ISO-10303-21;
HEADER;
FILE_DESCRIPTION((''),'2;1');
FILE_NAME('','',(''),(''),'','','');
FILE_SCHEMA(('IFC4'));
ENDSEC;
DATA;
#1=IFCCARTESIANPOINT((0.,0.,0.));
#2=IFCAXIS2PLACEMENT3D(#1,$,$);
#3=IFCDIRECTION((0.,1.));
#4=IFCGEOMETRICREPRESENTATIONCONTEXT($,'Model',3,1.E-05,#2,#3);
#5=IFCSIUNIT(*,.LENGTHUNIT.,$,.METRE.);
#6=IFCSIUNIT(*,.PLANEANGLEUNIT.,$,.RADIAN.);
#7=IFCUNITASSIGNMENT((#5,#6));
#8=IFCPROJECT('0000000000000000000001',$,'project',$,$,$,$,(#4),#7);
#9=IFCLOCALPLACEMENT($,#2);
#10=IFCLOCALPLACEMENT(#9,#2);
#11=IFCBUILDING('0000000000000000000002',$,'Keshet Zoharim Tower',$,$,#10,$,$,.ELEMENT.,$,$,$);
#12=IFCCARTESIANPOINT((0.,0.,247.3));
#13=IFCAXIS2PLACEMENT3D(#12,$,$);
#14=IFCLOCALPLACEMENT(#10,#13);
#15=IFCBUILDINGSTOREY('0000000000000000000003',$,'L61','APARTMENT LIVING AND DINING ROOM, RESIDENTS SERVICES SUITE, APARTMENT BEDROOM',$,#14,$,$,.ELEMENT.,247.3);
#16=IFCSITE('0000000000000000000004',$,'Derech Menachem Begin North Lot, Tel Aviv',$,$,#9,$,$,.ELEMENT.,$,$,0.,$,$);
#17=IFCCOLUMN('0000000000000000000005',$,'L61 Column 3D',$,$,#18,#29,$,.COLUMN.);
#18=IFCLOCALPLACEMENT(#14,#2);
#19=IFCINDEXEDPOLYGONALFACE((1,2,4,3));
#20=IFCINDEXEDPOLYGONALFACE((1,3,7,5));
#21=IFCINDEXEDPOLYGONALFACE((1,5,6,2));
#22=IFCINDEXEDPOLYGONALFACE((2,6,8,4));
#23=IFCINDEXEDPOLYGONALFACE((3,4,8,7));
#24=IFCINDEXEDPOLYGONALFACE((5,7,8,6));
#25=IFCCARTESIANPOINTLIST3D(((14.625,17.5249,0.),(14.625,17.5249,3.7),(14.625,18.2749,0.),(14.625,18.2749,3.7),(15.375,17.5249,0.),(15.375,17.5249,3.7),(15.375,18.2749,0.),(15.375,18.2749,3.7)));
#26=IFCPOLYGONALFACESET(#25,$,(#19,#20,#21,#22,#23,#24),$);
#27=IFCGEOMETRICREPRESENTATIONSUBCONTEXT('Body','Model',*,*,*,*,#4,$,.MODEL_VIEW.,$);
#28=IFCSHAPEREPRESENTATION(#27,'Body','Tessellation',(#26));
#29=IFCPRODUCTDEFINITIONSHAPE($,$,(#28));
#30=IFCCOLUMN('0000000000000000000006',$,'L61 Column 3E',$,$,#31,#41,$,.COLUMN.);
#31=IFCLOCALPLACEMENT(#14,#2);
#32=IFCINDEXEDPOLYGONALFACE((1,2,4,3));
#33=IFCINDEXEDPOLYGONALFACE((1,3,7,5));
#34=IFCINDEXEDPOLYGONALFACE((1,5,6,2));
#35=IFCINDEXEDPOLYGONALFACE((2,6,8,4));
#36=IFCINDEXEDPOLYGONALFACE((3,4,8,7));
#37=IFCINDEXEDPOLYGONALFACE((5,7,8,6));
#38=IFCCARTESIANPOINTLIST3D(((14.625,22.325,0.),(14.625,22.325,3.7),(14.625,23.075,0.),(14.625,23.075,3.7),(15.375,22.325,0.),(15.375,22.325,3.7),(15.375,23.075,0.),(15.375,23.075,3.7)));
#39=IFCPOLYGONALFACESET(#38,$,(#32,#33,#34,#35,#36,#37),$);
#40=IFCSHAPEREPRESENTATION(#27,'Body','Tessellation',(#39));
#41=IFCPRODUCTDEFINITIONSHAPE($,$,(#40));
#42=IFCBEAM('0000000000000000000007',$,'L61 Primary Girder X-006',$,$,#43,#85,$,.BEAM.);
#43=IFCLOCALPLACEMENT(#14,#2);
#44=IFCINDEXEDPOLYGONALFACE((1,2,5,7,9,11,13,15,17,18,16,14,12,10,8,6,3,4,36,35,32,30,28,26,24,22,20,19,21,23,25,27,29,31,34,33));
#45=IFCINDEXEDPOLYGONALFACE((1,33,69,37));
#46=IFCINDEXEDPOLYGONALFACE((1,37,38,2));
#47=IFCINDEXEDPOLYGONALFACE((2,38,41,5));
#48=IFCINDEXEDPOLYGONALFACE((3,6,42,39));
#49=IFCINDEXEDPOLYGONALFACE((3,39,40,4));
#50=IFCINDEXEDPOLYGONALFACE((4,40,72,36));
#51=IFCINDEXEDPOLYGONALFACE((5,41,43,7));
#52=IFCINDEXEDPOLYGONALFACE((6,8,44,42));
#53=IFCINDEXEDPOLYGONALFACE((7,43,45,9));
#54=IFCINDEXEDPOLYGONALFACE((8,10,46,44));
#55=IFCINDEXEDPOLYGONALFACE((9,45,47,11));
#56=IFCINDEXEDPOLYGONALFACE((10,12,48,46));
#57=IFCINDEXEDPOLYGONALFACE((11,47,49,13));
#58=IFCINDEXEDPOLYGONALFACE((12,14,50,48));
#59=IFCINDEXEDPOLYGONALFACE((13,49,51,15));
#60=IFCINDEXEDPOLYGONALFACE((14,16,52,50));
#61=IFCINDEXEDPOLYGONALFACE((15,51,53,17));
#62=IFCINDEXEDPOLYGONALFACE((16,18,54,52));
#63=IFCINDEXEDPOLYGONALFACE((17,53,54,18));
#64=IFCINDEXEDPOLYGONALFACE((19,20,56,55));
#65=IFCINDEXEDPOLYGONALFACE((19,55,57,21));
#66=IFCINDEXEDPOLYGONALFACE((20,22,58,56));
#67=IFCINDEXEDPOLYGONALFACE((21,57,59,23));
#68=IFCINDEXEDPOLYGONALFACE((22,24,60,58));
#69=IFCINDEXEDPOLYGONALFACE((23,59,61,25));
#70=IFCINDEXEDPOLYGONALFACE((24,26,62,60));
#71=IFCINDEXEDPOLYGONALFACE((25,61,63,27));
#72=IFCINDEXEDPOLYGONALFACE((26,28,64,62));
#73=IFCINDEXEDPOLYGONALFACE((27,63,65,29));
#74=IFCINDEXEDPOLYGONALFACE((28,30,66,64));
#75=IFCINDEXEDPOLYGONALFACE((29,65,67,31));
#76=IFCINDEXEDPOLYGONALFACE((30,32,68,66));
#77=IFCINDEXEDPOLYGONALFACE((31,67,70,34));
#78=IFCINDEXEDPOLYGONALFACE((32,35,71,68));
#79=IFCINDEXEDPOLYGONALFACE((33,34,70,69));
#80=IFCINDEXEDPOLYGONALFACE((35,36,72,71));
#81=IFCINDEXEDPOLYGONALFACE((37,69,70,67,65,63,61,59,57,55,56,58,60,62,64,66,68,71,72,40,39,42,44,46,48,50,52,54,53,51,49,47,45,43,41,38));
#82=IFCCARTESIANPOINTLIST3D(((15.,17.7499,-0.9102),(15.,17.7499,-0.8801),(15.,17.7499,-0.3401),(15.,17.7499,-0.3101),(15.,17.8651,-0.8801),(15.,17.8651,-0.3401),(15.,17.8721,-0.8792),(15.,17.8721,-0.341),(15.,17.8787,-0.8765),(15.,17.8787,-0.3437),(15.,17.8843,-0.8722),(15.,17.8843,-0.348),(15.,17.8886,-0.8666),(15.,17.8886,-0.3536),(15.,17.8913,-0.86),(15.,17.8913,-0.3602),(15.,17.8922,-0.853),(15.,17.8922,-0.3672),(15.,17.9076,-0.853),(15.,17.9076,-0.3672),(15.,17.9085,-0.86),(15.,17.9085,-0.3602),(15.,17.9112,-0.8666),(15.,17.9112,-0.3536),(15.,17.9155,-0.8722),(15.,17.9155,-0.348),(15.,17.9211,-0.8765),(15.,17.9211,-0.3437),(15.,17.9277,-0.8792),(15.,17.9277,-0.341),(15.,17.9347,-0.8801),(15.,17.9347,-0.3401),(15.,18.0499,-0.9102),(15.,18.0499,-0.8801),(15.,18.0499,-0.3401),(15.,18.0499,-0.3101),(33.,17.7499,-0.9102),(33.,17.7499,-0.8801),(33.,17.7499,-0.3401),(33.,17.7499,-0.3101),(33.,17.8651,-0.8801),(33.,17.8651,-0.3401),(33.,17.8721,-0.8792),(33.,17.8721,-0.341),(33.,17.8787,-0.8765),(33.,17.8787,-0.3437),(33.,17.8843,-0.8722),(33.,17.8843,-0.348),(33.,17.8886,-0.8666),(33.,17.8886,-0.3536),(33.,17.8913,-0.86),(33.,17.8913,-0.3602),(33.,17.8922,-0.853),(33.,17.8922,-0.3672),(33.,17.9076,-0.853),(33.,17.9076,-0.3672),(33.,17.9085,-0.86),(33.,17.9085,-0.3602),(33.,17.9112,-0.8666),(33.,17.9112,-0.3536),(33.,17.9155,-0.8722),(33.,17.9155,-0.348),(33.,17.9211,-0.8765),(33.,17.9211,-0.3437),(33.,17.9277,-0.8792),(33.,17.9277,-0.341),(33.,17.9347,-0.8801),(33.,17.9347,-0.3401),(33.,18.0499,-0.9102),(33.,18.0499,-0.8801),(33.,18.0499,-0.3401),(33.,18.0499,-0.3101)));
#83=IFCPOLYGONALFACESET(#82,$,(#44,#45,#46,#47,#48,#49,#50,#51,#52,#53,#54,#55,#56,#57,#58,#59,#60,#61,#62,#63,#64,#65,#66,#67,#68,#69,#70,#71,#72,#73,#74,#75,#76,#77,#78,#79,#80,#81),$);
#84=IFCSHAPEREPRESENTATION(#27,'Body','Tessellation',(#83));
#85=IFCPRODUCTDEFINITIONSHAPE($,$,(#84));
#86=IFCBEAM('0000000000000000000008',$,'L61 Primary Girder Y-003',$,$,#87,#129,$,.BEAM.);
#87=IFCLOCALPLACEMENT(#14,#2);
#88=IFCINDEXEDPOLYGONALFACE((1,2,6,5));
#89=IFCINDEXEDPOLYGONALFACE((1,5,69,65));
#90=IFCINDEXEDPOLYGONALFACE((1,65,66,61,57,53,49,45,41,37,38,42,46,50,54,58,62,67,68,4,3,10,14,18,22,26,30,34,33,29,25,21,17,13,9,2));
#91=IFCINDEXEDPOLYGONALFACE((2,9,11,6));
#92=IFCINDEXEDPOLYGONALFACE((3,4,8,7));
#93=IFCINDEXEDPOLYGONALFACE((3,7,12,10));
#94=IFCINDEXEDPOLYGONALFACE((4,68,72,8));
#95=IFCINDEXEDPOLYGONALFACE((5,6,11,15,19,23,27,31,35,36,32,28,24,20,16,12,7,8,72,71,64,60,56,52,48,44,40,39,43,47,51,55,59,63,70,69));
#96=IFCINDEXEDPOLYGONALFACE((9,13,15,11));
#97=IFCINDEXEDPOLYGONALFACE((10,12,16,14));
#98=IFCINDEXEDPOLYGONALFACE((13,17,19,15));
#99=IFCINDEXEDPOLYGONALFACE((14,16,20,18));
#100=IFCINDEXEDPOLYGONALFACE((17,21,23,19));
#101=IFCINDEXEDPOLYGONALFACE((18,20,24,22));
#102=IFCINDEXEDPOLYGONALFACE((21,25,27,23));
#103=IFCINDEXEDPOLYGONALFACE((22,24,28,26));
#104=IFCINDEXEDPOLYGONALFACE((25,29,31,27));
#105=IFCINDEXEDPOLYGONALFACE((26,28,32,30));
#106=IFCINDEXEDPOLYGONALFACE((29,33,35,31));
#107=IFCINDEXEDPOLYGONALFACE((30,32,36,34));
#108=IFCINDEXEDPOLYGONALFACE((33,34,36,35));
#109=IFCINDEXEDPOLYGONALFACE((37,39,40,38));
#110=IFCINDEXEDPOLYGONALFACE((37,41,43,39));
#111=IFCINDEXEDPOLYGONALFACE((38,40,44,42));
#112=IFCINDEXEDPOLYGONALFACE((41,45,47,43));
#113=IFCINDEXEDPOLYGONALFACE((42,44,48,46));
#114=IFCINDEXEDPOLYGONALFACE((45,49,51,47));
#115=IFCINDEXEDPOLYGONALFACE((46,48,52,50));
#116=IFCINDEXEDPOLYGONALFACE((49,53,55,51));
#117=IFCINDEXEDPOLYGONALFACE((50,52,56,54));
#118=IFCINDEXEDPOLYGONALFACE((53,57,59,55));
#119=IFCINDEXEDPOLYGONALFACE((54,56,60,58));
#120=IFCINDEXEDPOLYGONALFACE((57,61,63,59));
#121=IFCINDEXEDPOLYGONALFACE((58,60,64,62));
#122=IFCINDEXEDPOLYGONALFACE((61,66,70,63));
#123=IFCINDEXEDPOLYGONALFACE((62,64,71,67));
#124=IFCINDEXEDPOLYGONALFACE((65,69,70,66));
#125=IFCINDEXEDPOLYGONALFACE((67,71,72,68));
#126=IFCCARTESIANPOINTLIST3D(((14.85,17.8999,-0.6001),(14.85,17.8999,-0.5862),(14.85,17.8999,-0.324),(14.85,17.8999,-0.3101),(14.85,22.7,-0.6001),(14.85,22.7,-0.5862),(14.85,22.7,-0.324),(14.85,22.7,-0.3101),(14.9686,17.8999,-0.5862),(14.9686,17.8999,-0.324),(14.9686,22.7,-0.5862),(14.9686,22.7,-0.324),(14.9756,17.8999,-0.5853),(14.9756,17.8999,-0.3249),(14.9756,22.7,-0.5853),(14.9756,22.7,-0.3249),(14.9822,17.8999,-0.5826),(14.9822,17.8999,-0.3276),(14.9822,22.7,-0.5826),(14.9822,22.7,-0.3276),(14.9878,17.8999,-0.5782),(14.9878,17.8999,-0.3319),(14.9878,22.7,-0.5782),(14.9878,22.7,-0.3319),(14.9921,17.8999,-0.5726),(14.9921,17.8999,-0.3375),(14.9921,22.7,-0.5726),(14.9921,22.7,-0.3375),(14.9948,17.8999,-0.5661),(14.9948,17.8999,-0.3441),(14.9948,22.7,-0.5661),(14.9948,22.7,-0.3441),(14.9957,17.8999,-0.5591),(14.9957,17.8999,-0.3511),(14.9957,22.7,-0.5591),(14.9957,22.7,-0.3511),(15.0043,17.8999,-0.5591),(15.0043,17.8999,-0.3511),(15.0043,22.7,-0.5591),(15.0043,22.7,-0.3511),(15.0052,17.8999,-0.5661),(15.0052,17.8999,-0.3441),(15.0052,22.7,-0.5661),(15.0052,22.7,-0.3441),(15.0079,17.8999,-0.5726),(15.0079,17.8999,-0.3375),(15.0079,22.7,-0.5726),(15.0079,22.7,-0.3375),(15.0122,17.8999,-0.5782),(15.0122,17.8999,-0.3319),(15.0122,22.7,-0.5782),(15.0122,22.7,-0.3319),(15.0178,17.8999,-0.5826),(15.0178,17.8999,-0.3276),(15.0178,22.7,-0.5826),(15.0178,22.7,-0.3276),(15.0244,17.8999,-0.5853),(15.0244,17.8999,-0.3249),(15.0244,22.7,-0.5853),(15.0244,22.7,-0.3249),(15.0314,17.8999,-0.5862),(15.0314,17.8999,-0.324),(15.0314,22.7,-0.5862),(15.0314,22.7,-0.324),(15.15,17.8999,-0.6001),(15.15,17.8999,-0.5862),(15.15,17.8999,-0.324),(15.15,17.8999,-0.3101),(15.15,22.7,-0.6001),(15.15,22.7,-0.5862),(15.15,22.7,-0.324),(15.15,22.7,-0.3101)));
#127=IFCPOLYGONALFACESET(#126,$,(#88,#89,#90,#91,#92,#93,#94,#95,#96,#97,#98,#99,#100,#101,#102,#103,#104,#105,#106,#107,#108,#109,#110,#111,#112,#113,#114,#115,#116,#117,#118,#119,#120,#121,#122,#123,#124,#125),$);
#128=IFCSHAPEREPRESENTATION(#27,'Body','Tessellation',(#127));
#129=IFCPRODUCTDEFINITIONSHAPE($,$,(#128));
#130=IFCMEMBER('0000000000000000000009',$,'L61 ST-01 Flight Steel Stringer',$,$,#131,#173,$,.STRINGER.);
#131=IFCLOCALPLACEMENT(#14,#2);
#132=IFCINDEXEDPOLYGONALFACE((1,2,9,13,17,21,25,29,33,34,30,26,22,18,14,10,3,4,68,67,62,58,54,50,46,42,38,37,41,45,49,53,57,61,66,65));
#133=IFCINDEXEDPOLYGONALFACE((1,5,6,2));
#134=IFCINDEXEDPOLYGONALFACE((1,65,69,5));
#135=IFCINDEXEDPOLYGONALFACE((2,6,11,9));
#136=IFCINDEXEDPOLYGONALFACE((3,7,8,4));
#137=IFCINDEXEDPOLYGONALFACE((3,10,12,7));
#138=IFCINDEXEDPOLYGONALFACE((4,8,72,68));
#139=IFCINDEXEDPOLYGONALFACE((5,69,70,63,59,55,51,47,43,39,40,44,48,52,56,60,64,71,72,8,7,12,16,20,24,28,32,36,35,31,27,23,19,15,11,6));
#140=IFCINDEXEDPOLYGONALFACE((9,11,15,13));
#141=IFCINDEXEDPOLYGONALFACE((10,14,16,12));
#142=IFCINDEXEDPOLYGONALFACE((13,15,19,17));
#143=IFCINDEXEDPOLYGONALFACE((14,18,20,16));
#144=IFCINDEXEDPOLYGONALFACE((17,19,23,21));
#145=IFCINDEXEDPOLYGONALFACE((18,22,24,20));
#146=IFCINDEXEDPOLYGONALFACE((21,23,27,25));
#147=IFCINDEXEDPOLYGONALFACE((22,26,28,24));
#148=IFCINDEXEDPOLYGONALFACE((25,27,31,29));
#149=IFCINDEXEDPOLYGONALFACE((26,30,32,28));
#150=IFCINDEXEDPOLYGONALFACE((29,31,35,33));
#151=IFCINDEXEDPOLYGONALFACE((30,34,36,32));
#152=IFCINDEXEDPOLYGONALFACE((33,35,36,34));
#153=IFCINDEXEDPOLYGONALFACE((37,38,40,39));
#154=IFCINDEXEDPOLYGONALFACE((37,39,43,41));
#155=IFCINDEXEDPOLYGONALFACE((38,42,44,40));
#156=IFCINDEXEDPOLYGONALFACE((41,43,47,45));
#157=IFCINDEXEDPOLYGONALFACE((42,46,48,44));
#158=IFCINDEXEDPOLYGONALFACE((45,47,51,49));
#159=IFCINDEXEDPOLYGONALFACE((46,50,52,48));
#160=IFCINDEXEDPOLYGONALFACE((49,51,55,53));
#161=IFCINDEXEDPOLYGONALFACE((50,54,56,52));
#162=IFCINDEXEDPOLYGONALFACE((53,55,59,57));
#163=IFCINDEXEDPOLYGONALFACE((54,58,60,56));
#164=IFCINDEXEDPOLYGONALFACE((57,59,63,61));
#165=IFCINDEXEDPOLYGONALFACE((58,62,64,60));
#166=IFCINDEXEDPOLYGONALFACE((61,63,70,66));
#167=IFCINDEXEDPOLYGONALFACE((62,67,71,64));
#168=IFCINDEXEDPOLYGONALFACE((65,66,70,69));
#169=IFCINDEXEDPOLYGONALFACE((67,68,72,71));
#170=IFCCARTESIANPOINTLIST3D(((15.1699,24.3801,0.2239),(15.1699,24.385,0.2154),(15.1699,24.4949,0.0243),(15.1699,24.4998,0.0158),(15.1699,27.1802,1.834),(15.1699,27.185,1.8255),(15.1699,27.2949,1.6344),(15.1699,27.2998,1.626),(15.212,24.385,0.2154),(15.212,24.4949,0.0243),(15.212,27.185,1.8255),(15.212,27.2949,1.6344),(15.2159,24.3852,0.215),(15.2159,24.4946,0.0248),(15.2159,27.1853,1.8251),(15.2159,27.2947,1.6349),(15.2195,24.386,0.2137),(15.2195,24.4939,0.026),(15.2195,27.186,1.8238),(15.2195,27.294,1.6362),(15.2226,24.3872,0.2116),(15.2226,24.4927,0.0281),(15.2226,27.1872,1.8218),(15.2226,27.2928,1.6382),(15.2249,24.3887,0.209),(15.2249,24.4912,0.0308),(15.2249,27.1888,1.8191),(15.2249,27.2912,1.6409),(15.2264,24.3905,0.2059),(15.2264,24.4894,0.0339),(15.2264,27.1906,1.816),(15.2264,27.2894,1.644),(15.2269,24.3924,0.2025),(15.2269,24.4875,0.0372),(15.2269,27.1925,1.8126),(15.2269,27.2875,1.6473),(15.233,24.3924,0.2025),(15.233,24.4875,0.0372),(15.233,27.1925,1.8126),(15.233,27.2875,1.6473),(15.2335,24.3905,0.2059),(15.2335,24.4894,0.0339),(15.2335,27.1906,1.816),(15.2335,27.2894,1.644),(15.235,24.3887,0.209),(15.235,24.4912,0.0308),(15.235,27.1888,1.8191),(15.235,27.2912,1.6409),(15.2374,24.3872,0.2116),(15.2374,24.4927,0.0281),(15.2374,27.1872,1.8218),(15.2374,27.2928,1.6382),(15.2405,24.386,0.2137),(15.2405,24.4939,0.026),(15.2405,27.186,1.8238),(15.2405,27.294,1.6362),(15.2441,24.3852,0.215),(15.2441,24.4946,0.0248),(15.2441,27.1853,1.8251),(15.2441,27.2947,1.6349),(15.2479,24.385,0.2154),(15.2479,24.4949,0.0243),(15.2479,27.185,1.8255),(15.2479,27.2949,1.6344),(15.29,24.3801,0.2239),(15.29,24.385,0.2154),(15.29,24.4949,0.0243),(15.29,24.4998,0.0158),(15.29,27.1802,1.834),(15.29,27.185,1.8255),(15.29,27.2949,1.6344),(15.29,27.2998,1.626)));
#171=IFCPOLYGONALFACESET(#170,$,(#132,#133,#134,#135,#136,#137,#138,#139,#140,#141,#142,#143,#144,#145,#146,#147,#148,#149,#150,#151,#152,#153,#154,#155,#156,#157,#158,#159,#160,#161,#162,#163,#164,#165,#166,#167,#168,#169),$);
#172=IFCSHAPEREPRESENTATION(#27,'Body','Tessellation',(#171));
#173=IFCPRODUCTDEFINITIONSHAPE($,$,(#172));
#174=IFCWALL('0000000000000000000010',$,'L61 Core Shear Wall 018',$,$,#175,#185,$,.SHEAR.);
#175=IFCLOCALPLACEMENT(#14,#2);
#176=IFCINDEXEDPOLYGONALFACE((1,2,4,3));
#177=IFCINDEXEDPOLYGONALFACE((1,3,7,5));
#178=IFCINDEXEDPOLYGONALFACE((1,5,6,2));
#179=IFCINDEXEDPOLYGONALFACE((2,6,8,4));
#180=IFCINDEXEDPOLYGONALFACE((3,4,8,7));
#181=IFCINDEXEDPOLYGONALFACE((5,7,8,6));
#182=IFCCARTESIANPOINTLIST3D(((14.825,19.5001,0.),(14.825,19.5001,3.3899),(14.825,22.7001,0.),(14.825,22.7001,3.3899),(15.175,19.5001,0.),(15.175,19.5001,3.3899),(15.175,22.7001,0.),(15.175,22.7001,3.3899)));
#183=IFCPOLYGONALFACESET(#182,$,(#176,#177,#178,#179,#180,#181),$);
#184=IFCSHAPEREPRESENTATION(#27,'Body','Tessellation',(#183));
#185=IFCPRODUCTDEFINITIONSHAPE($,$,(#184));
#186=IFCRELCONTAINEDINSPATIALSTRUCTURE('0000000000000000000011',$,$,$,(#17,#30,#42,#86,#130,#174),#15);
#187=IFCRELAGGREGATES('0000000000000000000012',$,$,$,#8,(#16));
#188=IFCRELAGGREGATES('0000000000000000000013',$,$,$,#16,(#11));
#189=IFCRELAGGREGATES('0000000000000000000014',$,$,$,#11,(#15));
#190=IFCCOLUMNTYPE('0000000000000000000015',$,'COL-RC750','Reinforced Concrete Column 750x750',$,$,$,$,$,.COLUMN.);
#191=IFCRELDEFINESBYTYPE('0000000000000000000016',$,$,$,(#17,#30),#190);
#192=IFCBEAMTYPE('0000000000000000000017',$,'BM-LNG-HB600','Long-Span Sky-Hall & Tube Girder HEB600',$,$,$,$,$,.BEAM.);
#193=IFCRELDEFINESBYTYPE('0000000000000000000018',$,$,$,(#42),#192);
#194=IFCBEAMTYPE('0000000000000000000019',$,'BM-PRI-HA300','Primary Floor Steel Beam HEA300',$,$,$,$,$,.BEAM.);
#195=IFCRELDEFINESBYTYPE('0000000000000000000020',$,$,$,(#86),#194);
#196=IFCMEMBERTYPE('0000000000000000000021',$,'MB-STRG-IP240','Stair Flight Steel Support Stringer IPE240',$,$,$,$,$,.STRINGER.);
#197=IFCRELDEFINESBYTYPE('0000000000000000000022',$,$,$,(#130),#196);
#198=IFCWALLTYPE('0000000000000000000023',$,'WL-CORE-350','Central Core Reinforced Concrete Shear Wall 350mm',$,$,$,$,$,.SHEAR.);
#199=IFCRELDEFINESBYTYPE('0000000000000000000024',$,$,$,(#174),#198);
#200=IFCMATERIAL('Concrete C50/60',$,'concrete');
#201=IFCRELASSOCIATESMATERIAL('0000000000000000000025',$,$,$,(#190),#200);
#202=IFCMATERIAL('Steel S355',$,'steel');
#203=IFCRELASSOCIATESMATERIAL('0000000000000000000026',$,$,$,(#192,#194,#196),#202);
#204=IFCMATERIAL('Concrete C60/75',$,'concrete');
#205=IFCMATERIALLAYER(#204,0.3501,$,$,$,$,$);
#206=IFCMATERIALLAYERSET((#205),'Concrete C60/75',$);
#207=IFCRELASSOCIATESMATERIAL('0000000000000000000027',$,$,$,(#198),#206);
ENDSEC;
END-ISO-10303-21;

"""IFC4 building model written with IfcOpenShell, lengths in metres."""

from ifc_helpers import new_model, si_unit, direction, frame, frame_2d, origin, origin_2d, place, context, subcontext, project, spatial, rectangle, i_section, extrude, material, layer, layer_set, material_profile, profile_set, type_object, element, save


model = new_model("IFC4")

# Units and contexts
model_context = context("Model", 3, precision=1e-05, world=origin(), true_north=direction((0.0, 1.0)))
body_context = subcontext(model_context, "Body", "Model", "MODEL_VIEW")
ifc_project = project(units=[si_unit("LENGTHUNIT", "METRE"), si_unit("PLANEANGLEUNIT", "RADIAN")], contexts=[model_context])

# Site, building, storey
site_placement = place(None, origin())
site = spatial("IfcSite", under=ifc_project, at=site_placement, Name="Derech Menachem Begin North Lot, Tel Aviv", CompositionType="ELEMENT", RefElevation=0.0)
building_placement = place(site_placement, origin())
building = spatial("IfcBuilding", under=site, at=building_placement, Name="Keshet Zoharim Tower", CompositionType="ELEMENT")
storey_placement = place(building_placement, frame((0.0, 0.0, 247.3)))
storey = spatial("IfcBuildingStorey", under=building, at=storey_placement, Name="L61", Description="APARTMENT LIVING AND DINING ROOM, RESIDENTS SERVICES SUITE, APARTMENT BEDROOM", CompositionType="ELEMENT", Elevation=247.3)

# Columns
ifc_material_1 = material(Name="Concrete C50/60", Category="concrete")
ifc_material_profile_1 = material_profile(ifc_material_1, rectangle(XDim=0.75, YDim=0.75, at=origin_2d()), Name="RC750x750")
ifc_profile_set_1 = profile_set([ifc_material_profile_1], Name="Concrete C50/60")
column_type = type_object("IfcColumnType", Name="COL-RC750", Description="Reinforced Concrete Column 750x750", PredefinedType="COLUMN", material=ifc_profile_set_1)
for number, where, z_axis, x_axis, name in (
    (1, (15.0, 17.8999, 0.0), (0.0, 0.0, 1.0), (1.0, 0.0, 0.0), "L61 Column 3D"),
    (2, (15.0, 22.7, 0.0), (0.0, 0.0, 1.0), (1.0, 0.0, 0.0), "L61 Column 3E"),
):
    element("IfcColumn", number, at=place(storey_placement, frame(where, z_axis=z_axis, x_axis=x_axis)), inside=storey, type_object=column_type, Name=name, PredefinedType="COLUMN", context=body_context, shape_type="SweptSolid", body=[
        extrude(rectangle(XDim=0.75, YDim=0.75, at=origin_2d()), origin(), (0.0, 0.0, 1.0), 3.7),
    ])

# Beams
ifc_material_2 = material(Name="Steel S355", Category="steel")
ifc_material_profile_2 = material_profile(ifc_material_2, i_section(OverallWidth=0.3, OverallDepth=0.6001, WebThickness=0.0154, FlangeThickness=0.03, FilletRadius=0.0271, at=origin_2d()), Name="HEB600")
ifc_profile_set_2 = profile_set([ifc_material_profile_2], Name="Steel S355")
beam_type_1 = type_object("IfcBeamType", Name="BM-LNG-HB600", Description="Long-Span Sky-Hall & Tube Girder HEB600", PredefinedType="BEAM", material=ifc_profile_set_2)
beam_1_placement = place(storey_placement, frame((15.0, 17.8999, -0.6101), z_axis=(1.0, 0.0, 0.0), x_axis=(0.0, 1.0, 0.0)))
element("IfcBeam", 3, at=beam_1_placement, inside=storey, type_object=beam_type_1, Name="L61 Primary Girder X-006", PredefinedType="BEAM", context=body_context, shape_type="SweptSolid", body=[
    extrude(i_section(OverallWidth=0.3, OverallDepth=0.6001, WebThickness=0.0154, FlangeThickness=0.03, FilletRadius=0.0271, at=origin_2d()), origin(), (0.0, 0.0, 1.0), 18.0),
])
ifc_material_profile_3 = material_profile(ifc_material_2, i_section(OverallWidth=0.3, OverallDepth=0.29, WebThickness=0.0085, FlangeThickness=0.0139, FilletRadius=0.0271, at=origin_2d()), Name="HEA300")
ifc_profile_set_3 = profile_set([ifc_material_profile_3], Name="Steel S355")
beam_type_2 = type_object("IfcBeamType", Name="BM-PRI-HA300", Description="Primary Floor Steel Beam HEA300", PredefinedType="BEAM", material=ifc_profile_set_3)
beam_2_placement = place(storey_placement, frame((15.0, 17.8999, -0.4551), z_axis=(0.0, 1.0, 0.0), x_axis=(-1.0, 0.0, 0.0)))
element("IfcBeam", 4, at=beam_2_placement, inside=storey, type_object=beam_type_2, Name="L61 Primary Girder Y-003", PredefinedType="BEAM", context=body_context, shape_type="SweptSolid", body=[
    extrude(i_section(OverallWidth=0.3, OverallDepth=0.29, WebThickness=0.0085, FlangeThickness=0.0139, FilletRadius=0.0271, at=origin_2d()), origin(), (0.0, 0.0, 1.0), 4.8),
])

# Member
ifc_material_profile_4 = material_profile(ifc_material_2, i_section(OverallWidth=0.1201, OverallDepth=0.24, WebThickness=0.0061, FlangeThickness=0.0098, FilletRadius=0.0149, at=origin_2d()), Name="IPE240")
ifc_profile_set_4 = profile_set([ifc_material_profile_4], Name="Steel S355")
member_type = type_object("IfcMemberType", Name="MB-STRG-IP240", Description="Stair Flight Steel Support Stringer IPE240", PredefinedType="STRINGER", material=ifc_profile_set_4)
member_placement = place(storey_placement, frame((15.23, 24.4399, 0.1199), z_axis=(0.0, 0.866896, 0.49849), x_axis=(-1.0, 0.0, 0.0)))
element("IfcMember", 5, at=member_placement, inside=storey, type_object=member_type, Name="L61 ST-01 Flight Steel Stringer", PredefinedType="STRINGER", context=body_context, shape_type="SweptSolid", body=[
    extrude(i_section(OverallWidth=0.1201, OverallDepth=0.24, WebThickness=0.0061, FlangeThickness=0.0098, FilletRadius=0.0149, at=origin_2d()), origin(), (0.0, 0.0, 1.0), 3.23),
])

# Wall
ifc_material_3 = material(Name="Concrete C60/75", Category="concrete")
ifc_layer_1 = layer(ifc_material_3, 0.3501)
ifc_layer_set_1 = layer_set([ifc_layer_1], Name="Concrete C60/75")
wall_type_1 = type_object("IfcWallType", Name="WL-CORE-350", Description="Central Core Reinforced Concrete Shear Wall 350mm", PredefinedType="SHEAR", material=ifc_layer_set_1)
wall_1_placement = place(storey_placement, frame((15.0, 19.5, 0.0), z_axis=(0.0, 0.0, 1.0), x_axis=(0.0, 1.0, 0.0)))
element("IfcWall", 6, at=wall_1_placement, inside=storey, type_object=wall_type_1, Name="L61 Core Shear Wall 018", PredefinedType="SHEAR", context=body_context, shape_type="SweptSolid", body=[
    extrude(rectangle(XDim=3.2, YDim=0.3501, at=frame_2d((1.6001, 0.0))), origin(), (0.0, 0.0, 1.0), 3.3899),
])

save(model, "model.ifc")
